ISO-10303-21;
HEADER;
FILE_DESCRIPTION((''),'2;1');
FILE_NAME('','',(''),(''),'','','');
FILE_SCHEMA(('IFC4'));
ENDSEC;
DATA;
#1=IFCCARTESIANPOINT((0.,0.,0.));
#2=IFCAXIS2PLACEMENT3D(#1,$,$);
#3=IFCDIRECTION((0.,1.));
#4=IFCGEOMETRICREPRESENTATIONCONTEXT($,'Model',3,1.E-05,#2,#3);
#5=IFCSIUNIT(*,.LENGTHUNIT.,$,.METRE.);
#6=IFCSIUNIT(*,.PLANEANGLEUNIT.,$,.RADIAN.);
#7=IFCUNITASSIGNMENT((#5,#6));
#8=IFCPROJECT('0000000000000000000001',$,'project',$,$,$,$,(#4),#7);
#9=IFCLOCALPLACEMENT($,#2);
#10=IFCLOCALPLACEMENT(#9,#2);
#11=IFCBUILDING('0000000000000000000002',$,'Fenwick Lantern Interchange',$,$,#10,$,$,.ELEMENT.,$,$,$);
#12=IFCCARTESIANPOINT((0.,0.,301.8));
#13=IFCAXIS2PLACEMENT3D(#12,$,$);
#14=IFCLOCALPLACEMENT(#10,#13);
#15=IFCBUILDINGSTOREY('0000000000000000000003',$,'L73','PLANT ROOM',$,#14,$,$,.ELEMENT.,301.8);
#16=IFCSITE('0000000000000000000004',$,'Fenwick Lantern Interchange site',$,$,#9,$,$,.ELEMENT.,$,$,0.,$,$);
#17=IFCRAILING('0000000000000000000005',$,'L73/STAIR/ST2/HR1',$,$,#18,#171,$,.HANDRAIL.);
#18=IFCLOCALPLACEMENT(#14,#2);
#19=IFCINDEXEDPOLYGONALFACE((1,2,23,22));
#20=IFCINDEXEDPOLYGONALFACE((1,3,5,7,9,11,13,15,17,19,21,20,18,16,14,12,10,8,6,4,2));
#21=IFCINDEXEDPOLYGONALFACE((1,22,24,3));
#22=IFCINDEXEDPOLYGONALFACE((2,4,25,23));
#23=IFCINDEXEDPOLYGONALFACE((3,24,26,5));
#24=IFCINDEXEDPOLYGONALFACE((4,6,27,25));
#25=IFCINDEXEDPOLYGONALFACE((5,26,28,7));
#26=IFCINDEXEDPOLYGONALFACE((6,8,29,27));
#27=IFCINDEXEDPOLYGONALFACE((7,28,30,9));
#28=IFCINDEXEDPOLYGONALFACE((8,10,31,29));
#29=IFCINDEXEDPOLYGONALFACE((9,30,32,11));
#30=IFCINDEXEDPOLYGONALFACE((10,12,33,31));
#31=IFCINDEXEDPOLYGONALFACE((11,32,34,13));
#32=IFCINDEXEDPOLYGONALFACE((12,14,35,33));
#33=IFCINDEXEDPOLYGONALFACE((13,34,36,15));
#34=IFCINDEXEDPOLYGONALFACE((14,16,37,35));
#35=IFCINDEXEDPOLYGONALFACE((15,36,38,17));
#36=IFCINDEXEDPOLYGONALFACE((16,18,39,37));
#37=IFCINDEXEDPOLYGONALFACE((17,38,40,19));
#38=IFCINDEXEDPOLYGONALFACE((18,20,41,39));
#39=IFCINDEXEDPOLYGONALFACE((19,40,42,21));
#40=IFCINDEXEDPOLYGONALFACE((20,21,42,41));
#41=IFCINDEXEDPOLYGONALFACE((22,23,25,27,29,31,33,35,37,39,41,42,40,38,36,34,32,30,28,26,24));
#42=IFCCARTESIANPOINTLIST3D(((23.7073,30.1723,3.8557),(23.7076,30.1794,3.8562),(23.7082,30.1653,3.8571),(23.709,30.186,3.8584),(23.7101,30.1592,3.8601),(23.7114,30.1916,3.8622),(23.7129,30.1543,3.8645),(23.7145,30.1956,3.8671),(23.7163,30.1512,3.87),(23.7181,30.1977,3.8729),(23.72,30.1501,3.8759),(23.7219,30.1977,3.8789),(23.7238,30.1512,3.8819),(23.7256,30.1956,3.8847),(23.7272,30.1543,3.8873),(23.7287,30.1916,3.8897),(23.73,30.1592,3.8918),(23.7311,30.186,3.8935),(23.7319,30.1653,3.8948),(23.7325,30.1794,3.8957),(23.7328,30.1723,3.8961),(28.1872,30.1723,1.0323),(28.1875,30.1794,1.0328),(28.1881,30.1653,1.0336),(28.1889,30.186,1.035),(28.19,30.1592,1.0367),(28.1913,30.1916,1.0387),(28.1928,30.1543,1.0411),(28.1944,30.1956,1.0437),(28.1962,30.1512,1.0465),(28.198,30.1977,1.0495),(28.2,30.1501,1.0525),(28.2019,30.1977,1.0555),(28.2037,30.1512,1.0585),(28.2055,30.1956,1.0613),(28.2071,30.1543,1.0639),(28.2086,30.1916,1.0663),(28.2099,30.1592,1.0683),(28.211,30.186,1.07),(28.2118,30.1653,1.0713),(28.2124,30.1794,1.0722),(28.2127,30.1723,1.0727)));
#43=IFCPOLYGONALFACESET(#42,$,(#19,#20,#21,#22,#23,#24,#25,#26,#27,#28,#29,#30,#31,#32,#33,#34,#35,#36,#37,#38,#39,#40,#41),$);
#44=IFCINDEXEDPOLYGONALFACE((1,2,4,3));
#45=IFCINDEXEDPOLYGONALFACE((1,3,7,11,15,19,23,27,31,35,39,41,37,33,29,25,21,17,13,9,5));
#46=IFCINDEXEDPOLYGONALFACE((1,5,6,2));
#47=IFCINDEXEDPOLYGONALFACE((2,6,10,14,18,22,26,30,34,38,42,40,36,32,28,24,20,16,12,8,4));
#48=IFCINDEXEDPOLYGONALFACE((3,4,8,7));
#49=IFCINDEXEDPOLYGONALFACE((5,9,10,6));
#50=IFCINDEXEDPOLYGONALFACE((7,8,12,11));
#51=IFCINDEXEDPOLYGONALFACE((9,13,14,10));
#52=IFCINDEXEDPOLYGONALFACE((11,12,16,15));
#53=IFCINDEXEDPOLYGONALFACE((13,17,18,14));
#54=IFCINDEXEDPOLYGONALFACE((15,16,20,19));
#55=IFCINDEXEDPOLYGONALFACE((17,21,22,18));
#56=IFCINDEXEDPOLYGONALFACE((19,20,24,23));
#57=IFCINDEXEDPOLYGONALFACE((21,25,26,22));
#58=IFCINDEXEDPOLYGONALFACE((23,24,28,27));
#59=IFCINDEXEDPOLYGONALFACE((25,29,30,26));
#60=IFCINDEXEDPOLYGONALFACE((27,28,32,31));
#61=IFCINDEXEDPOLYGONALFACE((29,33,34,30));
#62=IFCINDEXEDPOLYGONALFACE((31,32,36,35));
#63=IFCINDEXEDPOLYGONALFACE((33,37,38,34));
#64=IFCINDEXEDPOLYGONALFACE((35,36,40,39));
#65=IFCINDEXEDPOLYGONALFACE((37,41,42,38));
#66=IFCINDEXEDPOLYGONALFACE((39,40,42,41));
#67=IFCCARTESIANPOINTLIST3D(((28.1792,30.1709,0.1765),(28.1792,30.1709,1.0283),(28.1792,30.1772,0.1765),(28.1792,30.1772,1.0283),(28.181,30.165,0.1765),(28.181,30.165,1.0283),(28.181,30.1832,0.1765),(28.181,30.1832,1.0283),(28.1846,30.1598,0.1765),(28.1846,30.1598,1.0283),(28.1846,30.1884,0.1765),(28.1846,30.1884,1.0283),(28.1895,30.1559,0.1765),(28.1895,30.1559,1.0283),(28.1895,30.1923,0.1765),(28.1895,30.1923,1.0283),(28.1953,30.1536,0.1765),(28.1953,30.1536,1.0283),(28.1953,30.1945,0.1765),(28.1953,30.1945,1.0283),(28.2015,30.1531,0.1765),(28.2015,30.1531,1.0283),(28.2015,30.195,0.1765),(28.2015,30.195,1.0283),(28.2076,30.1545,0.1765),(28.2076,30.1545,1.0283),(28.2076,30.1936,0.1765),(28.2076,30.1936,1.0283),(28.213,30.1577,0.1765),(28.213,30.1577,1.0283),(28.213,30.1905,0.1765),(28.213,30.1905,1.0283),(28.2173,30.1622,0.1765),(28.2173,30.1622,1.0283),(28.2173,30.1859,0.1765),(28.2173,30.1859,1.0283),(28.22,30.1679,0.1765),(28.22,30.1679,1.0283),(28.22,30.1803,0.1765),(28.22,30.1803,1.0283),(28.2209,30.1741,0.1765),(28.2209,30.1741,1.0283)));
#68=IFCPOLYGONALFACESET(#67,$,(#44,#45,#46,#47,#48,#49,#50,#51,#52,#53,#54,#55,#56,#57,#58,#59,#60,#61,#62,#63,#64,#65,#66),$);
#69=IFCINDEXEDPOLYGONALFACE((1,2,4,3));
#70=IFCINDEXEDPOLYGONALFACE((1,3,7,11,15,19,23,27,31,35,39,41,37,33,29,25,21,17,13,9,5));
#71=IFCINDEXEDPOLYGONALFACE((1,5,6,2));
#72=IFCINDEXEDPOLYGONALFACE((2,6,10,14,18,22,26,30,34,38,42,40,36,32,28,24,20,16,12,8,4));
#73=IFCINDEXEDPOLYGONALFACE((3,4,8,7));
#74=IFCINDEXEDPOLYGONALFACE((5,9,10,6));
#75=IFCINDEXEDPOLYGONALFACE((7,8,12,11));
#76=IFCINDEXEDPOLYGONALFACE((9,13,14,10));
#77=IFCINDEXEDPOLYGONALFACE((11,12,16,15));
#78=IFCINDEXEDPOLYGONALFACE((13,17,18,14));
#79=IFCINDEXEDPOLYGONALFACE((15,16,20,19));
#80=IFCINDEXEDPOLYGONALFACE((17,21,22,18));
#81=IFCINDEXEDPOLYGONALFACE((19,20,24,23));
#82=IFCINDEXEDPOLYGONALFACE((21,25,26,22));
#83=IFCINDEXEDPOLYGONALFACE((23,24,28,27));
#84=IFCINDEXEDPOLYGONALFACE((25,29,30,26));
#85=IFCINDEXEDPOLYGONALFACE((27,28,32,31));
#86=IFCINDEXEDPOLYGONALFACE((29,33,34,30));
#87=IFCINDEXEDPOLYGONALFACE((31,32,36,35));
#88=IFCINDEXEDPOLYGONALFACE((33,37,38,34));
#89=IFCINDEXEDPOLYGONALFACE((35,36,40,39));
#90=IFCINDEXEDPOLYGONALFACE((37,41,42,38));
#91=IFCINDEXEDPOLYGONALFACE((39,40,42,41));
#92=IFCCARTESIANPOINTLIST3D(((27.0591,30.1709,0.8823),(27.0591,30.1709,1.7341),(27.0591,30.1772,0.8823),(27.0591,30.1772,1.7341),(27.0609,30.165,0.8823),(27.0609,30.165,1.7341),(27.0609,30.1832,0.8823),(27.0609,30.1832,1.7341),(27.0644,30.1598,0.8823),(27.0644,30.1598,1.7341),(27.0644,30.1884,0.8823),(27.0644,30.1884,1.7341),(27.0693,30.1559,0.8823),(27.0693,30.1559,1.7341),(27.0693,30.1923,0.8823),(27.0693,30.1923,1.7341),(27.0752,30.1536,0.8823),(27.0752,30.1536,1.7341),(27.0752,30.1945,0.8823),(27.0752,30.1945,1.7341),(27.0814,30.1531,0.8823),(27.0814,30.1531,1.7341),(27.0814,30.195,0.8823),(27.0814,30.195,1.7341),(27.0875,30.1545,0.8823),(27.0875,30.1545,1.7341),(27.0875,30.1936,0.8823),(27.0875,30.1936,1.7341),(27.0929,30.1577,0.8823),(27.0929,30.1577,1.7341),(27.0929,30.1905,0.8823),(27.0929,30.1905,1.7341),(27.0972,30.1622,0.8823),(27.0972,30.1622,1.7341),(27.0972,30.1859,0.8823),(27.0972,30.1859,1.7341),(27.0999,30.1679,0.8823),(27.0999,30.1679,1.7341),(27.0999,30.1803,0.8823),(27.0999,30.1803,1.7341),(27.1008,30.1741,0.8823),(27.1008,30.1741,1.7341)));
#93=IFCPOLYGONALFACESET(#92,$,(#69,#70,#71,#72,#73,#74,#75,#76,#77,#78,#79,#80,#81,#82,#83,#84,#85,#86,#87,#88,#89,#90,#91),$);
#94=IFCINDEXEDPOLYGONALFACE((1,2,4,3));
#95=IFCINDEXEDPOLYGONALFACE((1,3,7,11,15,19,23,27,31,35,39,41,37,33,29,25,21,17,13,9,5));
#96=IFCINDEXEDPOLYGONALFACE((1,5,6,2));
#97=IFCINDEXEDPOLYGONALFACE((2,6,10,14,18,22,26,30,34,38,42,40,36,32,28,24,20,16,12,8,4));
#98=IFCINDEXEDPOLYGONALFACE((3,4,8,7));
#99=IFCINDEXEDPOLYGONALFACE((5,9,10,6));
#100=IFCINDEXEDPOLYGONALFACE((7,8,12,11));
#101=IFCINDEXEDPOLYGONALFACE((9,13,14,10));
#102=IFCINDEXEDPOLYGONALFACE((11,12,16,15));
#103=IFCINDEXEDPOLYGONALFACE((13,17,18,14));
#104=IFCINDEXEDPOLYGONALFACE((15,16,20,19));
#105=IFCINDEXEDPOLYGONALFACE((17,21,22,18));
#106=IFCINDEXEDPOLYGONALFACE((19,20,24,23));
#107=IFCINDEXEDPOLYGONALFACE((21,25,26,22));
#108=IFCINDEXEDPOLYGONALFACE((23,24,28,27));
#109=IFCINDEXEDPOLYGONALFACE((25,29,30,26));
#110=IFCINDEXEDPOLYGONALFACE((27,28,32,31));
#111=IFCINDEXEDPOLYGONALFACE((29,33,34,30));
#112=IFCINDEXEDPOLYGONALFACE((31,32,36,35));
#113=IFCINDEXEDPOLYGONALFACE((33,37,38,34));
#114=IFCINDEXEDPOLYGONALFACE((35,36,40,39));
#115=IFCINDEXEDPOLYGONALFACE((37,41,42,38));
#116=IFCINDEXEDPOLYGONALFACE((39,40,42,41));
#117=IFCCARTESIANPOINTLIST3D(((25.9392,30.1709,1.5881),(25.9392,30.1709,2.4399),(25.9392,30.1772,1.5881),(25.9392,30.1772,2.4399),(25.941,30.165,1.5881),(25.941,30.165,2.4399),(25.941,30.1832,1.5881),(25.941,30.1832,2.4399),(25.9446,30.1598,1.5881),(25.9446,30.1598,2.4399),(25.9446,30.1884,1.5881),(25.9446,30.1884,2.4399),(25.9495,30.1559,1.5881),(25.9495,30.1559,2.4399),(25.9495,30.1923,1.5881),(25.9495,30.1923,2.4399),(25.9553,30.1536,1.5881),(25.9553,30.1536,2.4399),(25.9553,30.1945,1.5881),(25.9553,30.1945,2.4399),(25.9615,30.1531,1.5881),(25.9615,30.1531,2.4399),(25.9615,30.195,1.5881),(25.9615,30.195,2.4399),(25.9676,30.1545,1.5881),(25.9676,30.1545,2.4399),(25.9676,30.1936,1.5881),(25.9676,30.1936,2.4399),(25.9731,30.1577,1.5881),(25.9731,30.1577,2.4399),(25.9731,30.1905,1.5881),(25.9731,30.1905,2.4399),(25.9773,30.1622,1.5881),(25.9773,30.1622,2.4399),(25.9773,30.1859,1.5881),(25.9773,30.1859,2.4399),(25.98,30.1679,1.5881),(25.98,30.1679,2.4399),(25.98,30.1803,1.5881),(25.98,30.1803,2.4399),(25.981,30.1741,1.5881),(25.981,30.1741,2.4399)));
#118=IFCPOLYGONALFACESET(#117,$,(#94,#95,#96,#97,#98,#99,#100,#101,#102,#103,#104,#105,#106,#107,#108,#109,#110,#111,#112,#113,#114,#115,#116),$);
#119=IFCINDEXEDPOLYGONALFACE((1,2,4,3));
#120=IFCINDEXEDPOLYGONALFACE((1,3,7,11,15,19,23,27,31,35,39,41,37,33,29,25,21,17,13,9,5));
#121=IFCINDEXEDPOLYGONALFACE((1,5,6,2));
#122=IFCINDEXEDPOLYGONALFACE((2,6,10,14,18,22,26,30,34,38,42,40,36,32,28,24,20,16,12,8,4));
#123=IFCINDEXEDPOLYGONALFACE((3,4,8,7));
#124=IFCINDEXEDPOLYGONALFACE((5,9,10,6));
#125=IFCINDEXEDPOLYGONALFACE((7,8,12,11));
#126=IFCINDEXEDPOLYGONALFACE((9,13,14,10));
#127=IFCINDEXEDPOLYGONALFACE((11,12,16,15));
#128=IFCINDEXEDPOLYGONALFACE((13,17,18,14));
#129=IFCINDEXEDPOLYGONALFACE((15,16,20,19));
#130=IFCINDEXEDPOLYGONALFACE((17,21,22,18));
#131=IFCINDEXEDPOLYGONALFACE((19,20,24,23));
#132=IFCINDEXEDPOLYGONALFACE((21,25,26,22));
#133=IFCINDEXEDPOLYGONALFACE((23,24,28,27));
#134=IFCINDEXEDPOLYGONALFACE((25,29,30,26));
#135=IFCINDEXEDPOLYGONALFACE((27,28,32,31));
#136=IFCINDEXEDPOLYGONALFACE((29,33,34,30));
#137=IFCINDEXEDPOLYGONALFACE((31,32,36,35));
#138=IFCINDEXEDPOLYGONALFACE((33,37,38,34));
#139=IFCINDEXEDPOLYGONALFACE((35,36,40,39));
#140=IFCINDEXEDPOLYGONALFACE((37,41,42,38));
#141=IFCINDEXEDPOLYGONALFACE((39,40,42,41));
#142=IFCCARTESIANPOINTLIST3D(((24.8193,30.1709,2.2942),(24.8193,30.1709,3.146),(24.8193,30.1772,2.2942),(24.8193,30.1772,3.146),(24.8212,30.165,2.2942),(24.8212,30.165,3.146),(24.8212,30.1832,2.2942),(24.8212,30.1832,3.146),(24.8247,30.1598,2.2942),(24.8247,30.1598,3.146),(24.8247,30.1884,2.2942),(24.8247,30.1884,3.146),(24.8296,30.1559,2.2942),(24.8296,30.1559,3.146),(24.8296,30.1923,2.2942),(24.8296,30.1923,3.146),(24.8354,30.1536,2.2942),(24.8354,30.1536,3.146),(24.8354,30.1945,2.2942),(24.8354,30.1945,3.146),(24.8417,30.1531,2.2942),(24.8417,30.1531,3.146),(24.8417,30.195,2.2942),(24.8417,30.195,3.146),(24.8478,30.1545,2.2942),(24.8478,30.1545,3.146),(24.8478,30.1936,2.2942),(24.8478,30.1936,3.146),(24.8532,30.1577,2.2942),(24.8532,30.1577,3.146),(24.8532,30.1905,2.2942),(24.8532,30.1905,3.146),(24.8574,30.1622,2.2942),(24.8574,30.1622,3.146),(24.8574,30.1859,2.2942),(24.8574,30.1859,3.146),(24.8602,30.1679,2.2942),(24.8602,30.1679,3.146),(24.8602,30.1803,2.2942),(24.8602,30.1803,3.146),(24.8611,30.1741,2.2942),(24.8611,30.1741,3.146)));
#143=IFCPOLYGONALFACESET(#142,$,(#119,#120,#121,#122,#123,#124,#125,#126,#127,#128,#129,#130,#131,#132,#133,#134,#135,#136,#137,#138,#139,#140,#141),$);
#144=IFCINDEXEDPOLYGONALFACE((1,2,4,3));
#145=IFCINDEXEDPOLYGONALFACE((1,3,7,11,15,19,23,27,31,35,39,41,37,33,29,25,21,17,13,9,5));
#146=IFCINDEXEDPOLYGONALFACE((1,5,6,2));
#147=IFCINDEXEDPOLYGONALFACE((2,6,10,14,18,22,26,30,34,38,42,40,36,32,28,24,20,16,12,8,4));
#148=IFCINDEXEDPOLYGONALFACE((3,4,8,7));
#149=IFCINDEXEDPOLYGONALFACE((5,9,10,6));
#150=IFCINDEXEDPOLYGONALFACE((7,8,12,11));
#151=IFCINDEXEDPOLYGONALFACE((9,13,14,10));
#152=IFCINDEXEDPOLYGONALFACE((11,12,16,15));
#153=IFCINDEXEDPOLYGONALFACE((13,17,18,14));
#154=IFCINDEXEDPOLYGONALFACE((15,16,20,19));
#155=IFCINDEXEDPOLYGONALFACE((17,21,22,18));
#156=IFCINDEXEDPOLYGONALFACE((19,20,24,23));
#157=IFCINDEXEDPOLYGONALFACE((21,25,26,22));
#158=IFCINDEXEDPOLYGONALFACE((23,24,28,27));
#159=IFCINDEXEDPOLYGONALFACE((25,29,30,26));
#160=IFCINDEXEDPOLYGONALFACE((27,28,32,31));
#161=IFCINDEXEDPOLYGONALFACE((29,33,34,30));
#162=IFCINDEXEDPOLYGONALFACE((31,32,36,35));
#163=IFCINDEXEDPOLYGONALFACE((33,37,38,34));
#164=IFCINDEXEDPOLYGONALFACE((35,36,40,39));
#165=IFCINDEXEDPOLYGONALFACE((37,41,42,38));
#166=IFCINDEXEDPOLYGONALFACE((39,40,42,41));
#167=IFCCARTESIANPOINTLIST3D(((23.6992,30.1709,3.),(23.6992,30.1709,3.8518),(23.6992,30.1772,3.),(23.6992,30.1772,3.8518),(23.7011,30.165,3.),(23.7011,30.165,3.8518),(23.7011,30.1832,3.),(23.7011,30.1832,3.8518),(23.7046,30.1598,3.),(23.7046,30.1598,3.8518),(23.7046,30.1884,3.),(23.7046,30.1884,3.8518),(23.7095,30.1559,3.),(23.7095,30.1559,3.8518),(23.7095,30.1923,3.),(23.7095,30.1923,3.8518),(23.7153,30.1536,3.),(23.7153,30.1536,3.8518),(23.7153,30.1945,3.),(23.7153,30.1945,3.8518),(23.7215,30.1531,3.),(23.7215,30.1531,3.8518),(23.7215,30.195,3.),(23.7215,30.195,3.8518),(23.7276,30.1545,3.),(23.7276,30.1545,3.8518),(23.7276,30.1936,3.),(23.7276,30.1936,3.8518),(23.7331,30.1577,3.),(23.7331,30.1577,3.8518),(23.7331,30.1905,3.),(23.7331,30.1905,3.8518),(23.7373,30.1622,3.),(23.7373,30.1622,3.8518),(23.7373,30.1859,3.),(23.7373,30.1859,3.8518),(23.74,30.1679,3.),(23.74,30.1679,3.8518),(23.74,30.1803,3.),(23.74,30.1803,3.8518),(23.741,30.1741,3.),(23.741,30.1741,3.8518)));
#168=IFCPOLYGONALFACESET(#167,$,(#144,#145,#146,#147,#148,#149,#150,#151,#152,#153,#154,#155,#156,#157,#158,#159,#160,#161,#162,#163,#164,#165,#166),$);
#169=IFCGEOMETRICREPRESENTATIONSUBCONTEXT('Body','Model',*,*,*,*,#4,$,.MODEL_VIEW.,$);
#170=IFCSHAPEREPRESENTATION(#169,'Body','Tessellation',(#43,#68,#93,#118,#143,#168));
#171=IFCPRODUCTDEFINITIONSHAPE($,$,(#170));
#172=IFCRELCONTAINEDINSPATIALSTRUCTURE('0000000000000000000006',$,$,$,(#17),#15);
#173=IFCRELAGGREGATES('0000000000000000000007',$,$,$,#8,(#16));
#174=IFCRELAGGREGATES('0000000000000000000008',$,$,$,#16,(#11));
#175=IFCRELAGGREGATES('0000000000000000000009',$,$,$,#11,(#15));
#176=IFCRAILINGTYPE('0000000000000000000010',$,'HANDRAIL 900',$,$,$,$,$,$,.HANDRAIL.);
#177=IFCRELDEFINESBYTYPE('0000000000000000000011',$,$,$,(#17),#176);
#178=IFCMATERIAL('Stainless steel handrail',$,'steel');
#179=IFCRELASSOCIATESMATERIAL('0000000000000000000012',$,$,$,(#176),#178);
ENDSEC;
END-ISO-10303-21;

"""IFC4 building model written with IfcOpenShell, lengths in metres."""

from ifc_helpers import new_model, si_unit, direction, frame, origin, origin_2d, place, context, subcontext, project, spatial, circle, extrude, material, type_object, element, save


model = new_model("IFC4")

# Units and contexts
model_context = context("Model", 3, precision=1e-05, world=origin(), true_north=direction((0.0, 1.0)))
body_context = subcontext(model_context, "Body", "Model", "MODEL_VIEW")
ifc_project = project(units=[si_unit("LENGTHUNIT", "METRE"), si_unit("PLANEANGLEUNIT", "RADIAN")], contexts=[model_context])

# Site, building, storey
site_placement = place(None, origin())
site = spatial("IfcSite", under=ifc_project, at=site_placement, Name="Fenwick Lantern Interchange site", CompositionType="ELEMENT", RefElevation=0.0)
building_placement = place(site_placement, origin())
building = spatial("IfcBuilding", under=site, at=building_placement, Name="Fenwick Lantern Interchange", CompositionType="ELEMENT")
storey_placement = place(building_placement, frame((0.0, 0.0, 301.8)))
storey = spatial("IfcBuildingStorey", under=building, at=storey_placement, Name="L73", Description="PLANT ROOM", CompositionType="ELEMENT", Elevation=301.8)

# Railing
ifc_material_1 = material(Name="Stainless steel handrail", Category="steel")
railing_type = type_object("IfcRailingType", Name="HANDRAIL 900", PredefinedType="HANDRAIL", material=ifc_material_1)
railing_placement = place(storey_placement, frame((28.2, 30.1741, 0.1765)))
element("IfcRailing", 1, at=railing_placement, inside=storey, type_object=railing_type, Name="L73/STAIR/ST2/HR1", PredefinedType="HANDRAIL", context=body_context, shape_type="SweptSolid", body=[
    extrude(circle(Radius=0.0239, at=origin_2d()), frame((0.0, 0.0, 0.876), z_axis=(-0.845998, 0.0, 0.533186), x_axis=(0.0, -1.0, 0.0)), (0.0, 0.0, 1.0), 5.2954),
    extrude(circle(Radius=0.021, at=origin_2d()), origin(), (0.0, 0.0, 1.0), 0.8518),
    extrude(circle(Radius=0.021, at=origin_2d()), frame((-1.1201, 0.0, 0.7058)), (0.0, 0.0, 1.0), 0.8518),
    extrude(circle(Radius=0.021, at=origin_2d()), frame((-2.24, 0.0, 1.4116)), (0.0, 0.0, 1.0), 0.8518),
    extrude(circle(Radius=0.021, at=origin_2d()), frame((-3.3599, 0.0, 2.1177)), (0.0, 0.0, 1.0), 0.8518),
    extrude(circle(Radius=0.021, at=origin_2d()), frame((-4.48, 0.0, 2.8235)), (0.0, 0.0, 1.0), 0.8518),
])

save(model, "model.ifc")
